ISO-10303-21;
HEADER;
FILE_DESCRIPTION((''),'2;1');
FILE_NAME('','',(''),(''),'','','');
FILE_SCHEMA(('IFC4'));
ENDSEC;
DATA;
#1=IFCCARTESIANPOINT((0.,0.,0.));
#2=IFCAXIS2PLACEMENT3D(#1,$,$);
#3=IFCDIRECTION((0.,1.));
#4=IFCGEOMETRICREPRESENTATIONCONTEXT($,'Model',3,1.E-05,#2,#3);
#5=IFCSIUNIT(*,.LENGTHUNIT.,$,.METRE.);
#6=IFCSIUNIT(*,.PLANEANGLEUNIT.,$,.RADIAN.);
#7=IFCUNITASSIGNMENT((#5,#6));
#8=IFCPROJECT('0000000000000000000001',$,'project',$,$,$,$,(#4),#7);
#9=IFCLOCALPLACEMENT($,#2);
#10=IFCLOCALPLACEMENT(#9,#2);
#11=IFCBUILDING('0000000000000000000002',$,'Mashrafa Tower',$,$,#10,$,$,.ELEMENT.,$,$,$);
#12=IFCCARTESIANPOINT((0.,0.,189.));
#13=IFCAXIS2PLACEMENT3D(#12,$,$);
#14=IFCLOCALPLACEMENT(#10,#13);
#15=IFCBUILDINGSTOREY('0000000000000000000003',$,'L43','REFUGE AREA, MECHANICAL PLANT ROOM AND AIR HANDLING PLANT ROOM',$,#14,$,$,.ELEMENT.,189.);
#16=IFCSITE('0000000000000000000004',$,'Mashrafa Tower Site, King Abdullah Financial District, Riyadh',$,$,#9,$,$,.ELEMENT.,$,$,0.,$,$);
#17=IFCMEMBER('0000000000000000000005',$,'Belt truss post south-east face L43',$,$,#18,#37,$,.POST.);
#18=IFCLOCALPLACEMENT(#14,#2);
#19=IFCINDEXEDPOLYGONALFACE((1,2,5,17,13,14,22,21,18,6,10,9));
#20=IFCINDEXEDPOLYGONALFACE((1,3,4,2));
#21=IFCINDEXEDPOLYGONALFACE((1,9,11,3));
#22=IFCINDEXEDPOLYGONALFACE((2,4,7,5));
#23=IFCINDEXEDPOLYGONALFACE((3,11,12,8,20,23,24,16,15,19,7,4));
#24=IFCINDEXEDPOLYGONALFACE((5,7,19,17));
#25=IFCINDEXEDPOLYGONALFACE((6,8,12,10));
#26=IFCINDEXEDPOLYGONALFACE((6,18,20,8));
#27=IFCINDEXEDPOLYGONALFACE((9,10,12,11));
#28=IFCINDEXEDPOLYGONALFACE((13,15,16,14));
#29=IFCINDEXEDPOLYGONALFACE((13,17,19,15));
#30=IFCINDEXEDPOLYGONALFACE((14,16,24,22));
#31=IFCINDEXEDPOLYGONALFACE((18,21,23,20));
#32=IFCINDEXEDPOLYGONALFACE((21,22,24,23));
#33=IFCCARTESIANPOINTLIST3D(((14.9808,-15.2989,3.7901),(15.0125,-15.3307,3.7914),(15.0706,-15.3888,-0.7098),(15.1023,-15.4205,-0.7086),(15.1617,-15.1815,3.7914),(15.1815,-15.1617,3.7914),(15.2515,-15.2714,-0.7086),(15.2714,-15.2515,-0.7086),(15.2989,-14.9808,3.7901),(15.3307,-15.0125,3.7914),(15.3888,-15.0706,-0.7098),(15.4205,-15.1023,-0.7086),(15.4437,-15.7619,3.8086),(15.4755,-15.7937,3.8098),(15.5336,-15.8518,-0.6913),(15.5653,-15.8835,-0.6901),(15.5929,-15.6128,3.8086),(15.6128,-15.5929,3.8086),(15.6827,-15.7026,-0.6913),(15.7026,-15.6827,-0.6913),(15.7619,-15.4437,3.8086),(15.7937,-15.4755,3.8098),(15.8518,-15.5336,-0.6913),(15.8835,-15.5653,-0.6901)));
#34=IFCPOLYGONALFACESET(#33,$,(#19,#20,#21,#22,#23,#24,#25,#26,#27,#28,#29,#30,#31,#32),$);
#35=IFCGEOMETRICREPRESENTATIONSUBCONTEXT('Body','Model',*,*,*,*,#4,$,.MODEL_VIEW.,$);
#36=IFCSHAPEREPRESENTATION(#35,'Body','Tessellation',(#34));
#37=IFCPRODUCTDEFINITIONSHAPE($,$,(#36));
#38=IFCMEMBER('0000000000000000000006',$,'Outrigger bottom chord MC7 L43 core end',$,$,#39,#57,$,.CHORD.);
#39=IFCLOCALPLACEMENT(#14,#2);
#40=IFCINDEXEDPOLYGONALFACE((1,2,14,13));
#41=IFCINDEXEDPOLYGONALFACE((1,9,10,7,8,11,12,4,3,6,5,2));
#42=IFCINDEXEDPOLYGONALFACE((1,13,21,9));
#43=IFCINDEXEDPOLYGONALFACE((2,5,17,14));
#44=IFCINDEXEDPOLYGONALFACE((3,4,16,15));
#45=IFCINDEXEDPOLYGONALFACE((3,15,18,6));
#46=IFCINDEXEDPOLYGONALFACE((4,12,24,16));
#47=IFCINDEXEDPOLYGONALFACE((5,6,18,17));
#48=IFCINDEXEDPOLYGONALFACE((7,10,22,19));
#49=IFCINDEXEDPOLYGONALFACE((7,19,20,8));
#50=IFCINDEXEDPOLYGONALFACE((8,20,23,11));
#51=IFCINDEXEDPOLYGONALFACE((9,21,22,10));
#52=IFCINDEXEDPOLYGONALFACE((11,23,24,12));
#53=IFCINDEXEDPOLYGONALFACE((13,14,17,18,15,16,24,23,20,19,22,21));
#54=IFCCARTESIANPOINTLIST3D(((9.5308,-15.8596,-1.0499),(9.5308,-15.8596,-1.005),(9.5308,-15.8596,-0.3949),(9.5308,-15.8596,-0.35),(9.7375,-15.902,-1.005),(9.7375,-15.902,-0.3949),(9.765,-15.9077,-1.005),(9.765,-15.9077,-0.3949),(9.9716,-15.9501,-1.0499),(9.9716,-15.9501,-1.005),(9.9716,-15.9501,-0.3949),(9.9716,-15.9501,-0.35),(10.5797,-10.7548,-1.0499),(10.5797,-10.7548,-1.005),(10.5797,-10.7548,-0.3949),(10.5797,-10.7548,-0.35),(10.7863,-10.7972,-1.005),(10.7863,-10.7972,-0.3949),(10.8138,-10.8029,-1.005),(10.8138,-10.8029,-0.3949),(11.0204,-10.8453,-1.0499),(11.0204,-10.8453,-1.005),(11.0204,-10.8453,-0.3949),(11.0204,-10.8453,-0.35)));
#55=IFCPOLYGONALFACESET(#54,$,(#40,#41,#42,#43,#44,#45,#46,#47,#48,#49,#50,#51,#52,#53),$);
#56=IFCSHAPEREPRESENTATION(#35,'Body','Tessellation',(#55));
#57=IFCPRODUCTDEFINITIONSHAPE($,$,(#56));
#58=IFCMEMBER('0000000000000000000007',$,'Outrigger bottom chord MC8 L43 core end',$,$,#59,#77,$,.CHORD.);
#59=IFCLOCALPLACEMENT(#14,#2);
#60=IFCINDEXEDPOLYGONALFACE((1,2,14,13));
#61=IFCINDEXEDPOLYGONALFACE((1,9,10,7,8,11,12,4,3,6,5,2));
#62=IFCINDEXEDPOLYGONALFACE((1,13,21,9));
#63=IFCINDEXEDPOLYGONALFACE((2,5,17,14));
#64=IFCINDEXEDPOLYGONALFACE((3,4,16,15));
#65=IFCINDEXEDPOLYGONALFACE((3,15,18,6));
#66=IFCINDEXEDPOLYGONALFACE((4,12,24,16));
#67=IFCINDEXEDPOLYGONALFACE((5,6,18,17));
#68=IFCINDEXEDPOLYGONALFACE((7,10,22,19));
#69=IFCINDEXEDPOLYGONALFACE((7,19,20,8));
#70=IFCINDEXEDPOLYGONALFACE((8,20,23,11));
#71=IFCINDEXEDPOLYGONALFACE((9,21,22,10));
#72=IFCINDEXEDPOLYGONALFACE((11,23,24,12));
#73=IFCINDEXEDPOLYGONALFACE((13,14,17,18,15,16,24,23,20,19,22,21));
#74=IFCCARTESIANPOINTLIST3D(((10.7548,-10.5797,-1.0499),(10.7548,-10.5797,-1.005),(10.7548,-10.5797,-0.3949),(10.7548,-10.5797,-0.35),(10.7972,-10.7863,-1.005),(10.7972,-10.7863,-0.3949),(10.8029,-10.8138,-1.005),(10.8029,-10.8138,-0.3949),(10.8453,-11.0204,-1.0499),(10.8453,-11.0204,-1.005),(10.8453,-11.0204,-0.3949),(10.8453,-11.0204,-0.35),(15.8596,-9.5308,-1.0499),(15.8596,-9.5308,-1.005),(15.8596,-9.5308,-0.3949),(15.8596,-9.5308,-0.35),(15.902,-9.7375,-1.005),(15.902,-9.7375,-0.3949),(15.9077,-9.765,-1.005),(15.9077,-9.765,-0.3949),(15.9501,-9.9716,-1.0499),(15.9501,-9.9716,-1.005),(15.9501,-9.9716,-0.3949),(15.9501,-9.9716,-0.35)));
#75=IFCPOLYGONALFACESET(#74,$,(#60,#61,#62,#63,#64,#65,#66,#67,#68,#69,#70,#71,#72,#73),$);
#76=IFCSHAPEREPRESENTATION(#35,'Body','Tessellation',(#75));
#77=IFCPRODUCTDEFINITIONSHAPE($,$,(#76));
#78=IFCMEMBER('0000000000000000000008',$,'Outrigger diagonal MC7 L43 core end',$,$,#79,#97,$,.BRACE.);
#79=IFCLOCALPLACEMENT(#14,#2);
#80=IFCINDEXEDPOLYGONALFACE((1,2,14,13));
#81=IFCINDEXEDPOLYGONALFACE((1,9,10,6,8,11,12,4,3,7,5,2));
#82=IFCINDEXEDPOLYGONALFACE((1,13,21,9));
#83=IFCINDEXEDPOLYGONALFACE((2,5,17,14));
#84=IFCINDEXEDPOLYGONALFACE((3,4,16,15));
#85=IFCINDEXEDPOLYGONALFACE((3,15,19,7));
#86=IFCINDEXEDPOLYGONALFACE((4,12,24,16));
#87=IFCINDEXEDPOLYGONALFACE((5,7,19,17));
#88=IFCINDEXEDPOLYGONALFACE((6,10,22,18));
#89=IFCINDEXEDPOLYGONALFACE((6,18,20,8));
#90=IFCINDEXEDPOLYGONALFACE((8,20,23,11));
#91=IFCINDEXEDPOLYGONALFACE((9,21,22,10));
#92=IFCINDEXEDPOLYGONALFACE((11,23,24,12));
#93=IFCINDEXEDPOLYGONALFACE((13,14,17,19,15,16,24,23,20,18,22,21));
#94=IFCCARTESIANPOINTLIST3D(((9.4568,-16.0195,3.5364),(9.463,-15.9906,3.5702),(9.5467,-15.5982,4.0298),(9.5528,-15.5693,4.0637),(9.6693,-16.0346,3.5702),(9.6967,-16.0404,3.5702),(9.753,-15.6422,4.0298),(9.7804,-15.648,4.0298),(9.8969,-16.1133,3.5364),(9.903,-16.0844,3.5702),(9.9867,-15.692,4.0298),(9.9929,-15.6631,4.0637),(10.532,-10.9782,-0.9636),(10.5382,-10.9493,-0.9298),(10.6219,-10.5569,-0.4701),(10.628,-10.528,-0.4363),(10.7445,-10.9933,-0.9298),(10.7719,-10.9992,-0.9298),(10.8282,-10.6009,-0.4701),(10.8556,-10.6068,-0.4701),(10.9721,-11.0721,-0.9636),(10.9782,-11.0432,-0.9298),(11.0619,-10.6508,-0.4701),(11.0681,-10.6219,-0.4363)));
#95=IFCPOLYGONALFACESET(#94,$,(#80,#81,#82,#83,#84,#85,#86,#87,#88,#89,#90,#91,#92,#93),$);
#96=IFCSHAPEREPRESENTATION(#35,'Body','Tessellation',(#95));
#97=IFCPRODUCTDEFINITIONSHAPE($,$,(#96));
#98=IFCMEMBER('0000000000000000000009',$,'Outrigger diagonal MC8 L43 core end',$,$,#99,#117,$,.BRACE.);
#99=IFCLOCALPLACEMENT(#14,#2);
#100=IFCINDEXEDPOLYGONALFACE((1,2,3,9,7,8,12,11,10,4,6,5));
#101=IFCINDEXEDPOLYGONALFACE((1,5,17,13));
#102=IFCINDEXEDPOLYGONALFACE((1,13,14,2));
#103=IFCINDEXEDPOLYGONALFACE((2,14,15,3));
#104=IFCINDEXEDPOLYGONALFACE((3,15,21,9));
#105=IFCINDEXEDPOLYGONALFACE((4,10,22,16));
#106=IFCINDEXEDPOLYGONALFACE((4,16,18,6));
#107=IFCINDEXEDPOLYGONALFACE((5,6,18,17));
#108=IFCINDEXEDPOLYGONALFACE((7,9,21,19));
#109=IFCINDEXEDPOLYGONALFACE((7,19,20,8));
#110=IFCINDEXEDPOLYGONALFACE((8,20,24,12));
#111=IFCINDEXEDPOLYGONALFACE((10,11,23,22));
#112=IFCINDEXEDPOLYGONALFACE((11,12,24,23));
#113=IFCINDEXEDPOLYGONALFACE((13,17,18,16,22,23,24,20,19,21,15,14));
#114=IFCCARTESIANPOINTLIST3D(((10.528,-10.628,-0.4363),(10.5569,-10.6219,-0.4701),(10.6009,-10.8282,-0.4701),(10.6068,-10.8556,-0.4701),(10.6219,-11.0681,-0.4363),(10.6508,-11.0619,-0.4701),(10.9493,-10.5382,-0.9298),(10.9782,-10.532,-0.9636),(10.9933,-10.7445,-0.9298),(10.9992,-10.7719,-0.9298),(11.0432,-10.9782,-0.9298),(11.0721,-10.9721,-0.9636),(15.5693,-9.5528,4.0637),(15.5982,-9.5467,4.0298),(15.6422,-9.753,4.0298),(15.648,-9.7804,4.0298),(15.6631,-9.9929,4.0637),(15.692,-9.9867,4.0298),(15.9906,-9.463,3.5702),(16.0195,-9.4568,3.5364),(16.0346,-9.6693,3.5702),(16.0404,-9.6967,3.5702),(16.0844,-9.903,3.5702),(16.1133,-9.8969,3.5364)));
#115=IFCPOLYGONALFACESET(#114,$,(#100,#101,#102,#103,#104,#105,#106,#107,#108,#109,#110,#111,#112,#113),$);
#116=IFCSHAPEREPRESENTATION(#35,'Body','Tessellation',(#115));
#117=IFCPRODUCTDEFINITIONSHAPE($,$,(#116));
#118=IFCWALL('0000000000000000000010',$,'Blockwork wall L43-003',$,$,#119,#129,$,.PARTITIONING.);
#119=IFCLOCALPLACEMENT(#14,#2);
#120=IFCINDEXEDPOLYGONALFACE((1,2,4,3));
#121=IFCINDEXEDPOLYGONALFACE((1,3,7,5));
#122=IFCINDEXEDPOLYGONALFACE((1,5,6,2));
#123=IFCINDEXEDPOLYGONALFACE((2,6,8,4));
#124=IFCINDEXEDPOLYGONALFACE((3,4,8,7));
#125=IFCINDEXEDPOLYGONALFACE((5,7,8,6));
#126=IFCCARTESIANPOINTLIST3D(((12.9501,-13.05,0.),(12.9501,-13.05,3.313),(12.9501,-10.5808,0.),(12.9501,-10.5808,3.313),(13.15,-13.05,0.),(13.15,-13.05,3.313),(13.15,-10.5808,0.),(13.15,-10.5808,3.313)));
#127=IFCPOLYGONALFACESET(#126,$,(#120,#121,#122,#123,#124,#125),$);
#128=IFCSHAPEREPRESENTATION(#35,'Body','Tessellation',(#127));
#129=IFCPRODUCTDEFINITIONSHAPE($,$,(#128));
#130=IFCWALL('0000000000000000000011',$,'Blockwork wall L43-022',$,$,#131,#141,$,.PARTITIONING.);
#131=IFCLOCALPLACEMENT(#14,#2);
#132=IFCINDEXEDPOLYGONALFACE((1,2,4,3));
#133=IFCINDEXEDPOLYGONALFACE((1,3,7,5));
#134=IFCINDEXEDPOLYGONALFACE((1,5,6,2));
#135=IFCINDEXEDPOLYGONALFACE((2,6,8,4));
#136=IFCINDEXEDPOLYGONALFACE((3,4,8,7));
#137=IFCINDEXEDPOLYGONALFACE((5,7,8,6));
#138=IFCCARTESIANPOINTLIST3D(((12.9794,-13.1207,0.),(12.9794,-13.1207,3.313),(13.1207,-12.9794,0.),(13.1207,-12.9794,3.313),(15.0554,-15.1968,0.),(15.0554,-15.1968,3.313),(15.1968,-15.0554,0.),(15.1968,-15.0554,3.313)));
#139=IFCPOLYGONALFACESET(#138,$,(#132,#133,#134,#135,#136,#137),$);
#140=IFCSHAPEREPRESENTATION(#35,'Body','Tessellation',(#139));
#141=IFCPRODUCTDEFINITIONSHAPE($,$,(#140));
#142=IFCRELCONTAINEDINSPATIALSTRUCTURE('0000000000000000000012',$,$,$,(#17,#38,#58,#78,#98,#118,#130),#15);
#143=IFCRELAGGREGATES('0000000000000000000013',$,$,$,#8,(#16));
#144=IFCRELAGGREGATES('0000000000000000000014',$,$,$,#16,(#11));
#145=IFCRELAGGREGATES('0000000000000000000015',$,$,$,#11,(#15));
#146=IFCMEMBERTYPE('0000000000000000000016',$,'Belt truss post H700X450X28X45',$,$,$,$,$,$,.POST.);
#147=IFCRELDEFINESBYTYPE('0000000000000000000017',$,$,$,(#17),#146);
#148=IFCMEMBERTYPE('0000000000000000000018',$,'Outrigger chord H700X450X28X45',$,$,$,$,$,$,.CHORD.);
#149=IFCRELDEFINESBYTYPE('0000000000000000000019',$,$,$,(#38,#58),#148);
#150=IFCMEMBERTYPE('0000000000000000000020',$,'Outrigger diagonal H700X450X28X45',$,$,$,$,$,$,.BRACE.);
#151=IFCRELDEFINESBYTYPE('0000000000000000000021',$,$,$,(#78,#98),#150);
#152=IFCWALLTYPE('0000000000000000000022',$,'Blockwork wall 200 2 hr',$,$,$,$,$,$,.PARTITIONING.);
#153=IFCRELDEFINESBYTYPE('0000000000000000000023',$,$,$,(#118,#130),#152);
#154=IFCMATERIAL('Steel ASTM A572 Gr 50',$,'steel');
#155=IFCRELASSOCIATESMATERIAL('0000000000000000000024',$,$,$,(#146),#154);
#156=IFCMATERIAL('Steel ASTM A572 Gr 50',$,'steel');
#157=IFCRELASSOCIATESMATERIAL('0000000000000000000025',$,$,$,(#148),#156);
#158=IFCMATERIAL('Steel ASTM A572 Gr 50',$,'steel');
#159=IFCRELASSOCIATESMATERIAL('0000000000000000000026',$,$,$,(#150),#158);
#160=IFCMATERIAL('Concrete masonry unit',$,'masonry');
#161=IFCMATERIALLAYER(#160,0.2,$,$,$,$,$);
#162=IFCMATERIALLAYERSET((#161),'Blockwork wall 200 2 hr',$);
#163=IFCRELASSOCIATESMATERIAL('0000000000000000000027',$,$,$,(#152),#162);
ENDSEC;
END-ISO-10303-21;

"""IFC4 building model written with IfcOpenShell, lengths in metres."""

from ifc_helpers import new_model, si_unit, direction, frame, frame_2d, origin, origin_2d, place, context, subcontext, project, spatial, rectangle, i_section, extrude, source, transform, mapped, material, layer, layer_set, material_profile, profile_set, type_object, type_shapes, element, save


model = new_model("IFC4")

# Units and contexts
model_context = context("Model", 3, precision=1e-05, world=origin(), true_north=direction((0.0, 1.0)))
body_context = subcontext(model_context, "Body", "Model", "MODEL_VIEW")
ifc_project = project(units=[si_unit("LENGTHUNIT", "METRE"), si_unit("PLANEANGLEUNIT", "RADIAN")], contexts=[model_context])

# Site, building, storey
site_placement = place(None, origin())
site = spatial("IfcSite", under=ifc_project, at=site_placement, Name="Mashrafa Tower Site, King Abdullah Financial District, Riyadh", CompositionType="ELEMENT", RefElevation=0.0)
building_placement = place(site_placement, origin())
building = spatial("IfcBuilding", under=site, at=building_placement, Name="Mashrafa Tower", CompositionType="ELEMENT")
storey_placement = place(building_placement, frame((0.0, 0.0, 189.0)))
storey = spatial("IfcBuildingStorey", under=building, at=storey_placement, Name="L43", Description="REFUGE AREA, MECHANICAL PLANT ROOM AND AIR HANDLING PLANT ROOM", CompositionType="ELEMENT", Elevation=189.0)

# Members
ifc_material_1 = material(Name="Steel ASTM A572 Gr 50", Category="steel")
ifc_material_profile_1 = material_profile(ifc_material_1, i_section(OverallWidth=0.45, OverallDepth=0.7, WebThickness=0.0281, FlangeThickness=0.0449, at=origin_2d()), Name="H700X450X28X45")
ifc_profile_set_1 = profile_set([ifc_material_profile_1], Name="Steel ASTM A572 Gr 50")
member_type_1 = type_object("IfcMemberType", Name="Belt truss post H700X450X28X45", PredefinedType="POST", material=ifc_profile_set_1)
shared_shape_1 = source(origin(), body_context, "Body", "SweptSolid", [
    extrude(i_section(OverallWidth=0.45, OverallDepth=0.7, WebThickness=0.0281, FlangeThickness=0.0449, at=origin_2d()), origin(), (0.0, 0.0, 1.0), 4.5017),
])
type_shapes(member_type_1, [shared_shape_1])
member_placement = place(storey_placement, frame((15.4771, -15.4771, -0.7), z_axis=(-0.019957, 0.019957, 0.999602), x_axis=(-0.707107, -0.707107, 0.0)))
element("IfcMember", 1, at=member_placement, inside=storey, type_object=member_type_1, Name="Belt truss post south-east face L43", PredefinedType="POST", context=body_context, shape_type="MappedRepresentation", body=[
    mapped(shared_shape_1, transform((0.0, 0.0, 0.0))),
])
ifc_material_2 = material(Name="Steel ASTM A572 Gr 50", Category="steel")
ifc_material_profile_2 = material_profile(ifc_material_2, i_section(OverallWidth=0.45, OverallDepth=0.7, WebThickness=0.0281, FlangeThickness=0.0449, at=origin_2d()), Name="H700X450X28X45")
ifc_profile_set_2 = profile_set([ifc_material_profile_2], Name="Steel ASTM A572 Gr 50")
member_type_2 = type_object("IfcMemberType", Name="Outrigger chord H700X450X28X45", PredefinedType="CHORD", material=ifc_profile_set_2)
shared_shape_2 = source(origin(), body_context, "Body", "SweptSolid", [
    extrude(i_section(OverallWidth=0.45, OverallDepth=0.7, WebThickness=0.0281, FlangeThickness=0.0449, at=origin_2d()), origin(), (0.0, 0.0, 1.0), 5.2114),
])
type_shapes(member_type_2, [shared_shape_2])
for number, where, z_axis, x_axis, name in (
    (2, (10.8, -10.8, -0.7), (-0.201258, -0.979538, 0.0), (0.979538, -0.201258, 0.0), "Outrigger bottom chord MC7 L43 core end"),
    (3, (10.8, -10.8, -0.7), (0.979538, 0.201258, 0.0), (-0.201258, 0.979538, 0.0), "Outrigger bottom chord MC8 L43 core end"),
):
    element("IfcMember", number, at=place(storey_placement, frame(where, z_axis=z_axis, x_axis=x_axis)), inside=storey, type_object=member_type_2, Name=name, PredefinedType="CHORD", context=body_context, shape_type="MappedRepresentation", body=[
        mapped(shared_shape_2, transform((0.0, 0.0, 0.0))),
    ])
ifc_material_3 = material(Name="Steel ASTM A572 Gr 50", Category="steel")
ifc_material_profile_3 = material_profile(ifc_material_3, i_section(OverallWidth=0.45, OverallDepth=0.7, WebThickness=0.0281, FlangeThickness=0.0449, at=origin_2d()), Name="H700X450X28X45")
ifc_profile_set_3 = profile_set([ifc_material_profile_3], Name="Steel ASTM A572 Gr 50")
member_type_3 = type_object("IfcMemberType", Name="Outrigger diagonal H700X450X28X45", PredefinedType="BRACE", material=ifc_profile_set_3)
shared_shape_3 = source(origin(), body_context, "Body", "SweptSolid", [
    extrude(i_section(OverallWidth=0.45, OverallDepth=0.7, WebThickness=0.0281, FlangeThickness=0.0449, at=origin_2d()), origin(), (0.0, 0.0, 1.0), 6.8425),
])
type_shapes(member_type_3, [shared_shape_3])
for number, where, z_axis, x_axis, name in (
    (4, (10.8, -10.8, -0.7), (-0.157134, -0.736753, 0.657651), (0.978004, -0.208588, 0.0), "Outrigger diagonal MC7 L43 core end"),
    (5, (10.8, -10.8, -0.7), (0.736753, 0.157134, 0.657651), (-0.208588, 0.978004, 0.0), "Outrigger diagonal MC8 L43 core end"),
):
    element("IfcMember", number, at=place(storey_placement, frame(where, z_axis=z_axis, x_axis=x_axis)), inside=storey, type_object=member_type_3, Name=name, PredefinedType="BRACE", context=body_context, shape_type="MappedRepresentation", body=[
        mapped(shared_shape_3, transform((0.0, 0.0, 0.0))),
    ])

# Walls
ifc_material_4 = material(Name="Concrete masonry unit", Category="masonry")
ifc_layer_1 = layer(ifc_material_4, 0.2)
ifc_layer_set_1 = layer_set([ifc_layer_1], Name="Blockwork wall 200 2 hr")
wall_type_1 = type_object("IfcWallType", Name="Blockwork wall 200 2 hr", PredefinedType="PARTITIONING", material=ifc_layer_set_1)
wall_1_placement = place(storey_placement, frame((13.05, -13.05, 0.0), z_axis=(0.0, 0.0, 1.0), x_axis=(0.0, 1.0, 0.0)))
element("IfcWall", 6, at=wall_1_placement, inside=storey, type_object=wall_type_1, Name="Blockwork wall L43-003", PredefinedType="PARTITIONING", context=body_context, shape_type="SweptSolid", body=[
    extrude(rectangle(XDim=2.4692, YDim=0.2, at=frame_2d((1.2346, 0.0))), origin(), (0.0, 0.0, 1.0), 3.313),
])
wall_2_placement = place(storey_placement, frame((13.05, -13.05, 0.0), z_axis=(0.0, 0.0, 1.0), x_axis=(0.707107, -0.707107, 0.0)))
element("IfcWall", 7, at=wall_2_placement, inside=storey, type_object=wall_type_1, Name="Blockwork wall L43-022", PredefinedType="PARTITIONING", context=body_context, shape_type="SweptSolid", body=[
    extrude(rectangle(XDim=2.936, YDim=0.2, at=frame_2d((1.468, 0.0))), origin(), (0.0, 0.0, 1.0), 3.313),
])

save(model, "model.ifc")
